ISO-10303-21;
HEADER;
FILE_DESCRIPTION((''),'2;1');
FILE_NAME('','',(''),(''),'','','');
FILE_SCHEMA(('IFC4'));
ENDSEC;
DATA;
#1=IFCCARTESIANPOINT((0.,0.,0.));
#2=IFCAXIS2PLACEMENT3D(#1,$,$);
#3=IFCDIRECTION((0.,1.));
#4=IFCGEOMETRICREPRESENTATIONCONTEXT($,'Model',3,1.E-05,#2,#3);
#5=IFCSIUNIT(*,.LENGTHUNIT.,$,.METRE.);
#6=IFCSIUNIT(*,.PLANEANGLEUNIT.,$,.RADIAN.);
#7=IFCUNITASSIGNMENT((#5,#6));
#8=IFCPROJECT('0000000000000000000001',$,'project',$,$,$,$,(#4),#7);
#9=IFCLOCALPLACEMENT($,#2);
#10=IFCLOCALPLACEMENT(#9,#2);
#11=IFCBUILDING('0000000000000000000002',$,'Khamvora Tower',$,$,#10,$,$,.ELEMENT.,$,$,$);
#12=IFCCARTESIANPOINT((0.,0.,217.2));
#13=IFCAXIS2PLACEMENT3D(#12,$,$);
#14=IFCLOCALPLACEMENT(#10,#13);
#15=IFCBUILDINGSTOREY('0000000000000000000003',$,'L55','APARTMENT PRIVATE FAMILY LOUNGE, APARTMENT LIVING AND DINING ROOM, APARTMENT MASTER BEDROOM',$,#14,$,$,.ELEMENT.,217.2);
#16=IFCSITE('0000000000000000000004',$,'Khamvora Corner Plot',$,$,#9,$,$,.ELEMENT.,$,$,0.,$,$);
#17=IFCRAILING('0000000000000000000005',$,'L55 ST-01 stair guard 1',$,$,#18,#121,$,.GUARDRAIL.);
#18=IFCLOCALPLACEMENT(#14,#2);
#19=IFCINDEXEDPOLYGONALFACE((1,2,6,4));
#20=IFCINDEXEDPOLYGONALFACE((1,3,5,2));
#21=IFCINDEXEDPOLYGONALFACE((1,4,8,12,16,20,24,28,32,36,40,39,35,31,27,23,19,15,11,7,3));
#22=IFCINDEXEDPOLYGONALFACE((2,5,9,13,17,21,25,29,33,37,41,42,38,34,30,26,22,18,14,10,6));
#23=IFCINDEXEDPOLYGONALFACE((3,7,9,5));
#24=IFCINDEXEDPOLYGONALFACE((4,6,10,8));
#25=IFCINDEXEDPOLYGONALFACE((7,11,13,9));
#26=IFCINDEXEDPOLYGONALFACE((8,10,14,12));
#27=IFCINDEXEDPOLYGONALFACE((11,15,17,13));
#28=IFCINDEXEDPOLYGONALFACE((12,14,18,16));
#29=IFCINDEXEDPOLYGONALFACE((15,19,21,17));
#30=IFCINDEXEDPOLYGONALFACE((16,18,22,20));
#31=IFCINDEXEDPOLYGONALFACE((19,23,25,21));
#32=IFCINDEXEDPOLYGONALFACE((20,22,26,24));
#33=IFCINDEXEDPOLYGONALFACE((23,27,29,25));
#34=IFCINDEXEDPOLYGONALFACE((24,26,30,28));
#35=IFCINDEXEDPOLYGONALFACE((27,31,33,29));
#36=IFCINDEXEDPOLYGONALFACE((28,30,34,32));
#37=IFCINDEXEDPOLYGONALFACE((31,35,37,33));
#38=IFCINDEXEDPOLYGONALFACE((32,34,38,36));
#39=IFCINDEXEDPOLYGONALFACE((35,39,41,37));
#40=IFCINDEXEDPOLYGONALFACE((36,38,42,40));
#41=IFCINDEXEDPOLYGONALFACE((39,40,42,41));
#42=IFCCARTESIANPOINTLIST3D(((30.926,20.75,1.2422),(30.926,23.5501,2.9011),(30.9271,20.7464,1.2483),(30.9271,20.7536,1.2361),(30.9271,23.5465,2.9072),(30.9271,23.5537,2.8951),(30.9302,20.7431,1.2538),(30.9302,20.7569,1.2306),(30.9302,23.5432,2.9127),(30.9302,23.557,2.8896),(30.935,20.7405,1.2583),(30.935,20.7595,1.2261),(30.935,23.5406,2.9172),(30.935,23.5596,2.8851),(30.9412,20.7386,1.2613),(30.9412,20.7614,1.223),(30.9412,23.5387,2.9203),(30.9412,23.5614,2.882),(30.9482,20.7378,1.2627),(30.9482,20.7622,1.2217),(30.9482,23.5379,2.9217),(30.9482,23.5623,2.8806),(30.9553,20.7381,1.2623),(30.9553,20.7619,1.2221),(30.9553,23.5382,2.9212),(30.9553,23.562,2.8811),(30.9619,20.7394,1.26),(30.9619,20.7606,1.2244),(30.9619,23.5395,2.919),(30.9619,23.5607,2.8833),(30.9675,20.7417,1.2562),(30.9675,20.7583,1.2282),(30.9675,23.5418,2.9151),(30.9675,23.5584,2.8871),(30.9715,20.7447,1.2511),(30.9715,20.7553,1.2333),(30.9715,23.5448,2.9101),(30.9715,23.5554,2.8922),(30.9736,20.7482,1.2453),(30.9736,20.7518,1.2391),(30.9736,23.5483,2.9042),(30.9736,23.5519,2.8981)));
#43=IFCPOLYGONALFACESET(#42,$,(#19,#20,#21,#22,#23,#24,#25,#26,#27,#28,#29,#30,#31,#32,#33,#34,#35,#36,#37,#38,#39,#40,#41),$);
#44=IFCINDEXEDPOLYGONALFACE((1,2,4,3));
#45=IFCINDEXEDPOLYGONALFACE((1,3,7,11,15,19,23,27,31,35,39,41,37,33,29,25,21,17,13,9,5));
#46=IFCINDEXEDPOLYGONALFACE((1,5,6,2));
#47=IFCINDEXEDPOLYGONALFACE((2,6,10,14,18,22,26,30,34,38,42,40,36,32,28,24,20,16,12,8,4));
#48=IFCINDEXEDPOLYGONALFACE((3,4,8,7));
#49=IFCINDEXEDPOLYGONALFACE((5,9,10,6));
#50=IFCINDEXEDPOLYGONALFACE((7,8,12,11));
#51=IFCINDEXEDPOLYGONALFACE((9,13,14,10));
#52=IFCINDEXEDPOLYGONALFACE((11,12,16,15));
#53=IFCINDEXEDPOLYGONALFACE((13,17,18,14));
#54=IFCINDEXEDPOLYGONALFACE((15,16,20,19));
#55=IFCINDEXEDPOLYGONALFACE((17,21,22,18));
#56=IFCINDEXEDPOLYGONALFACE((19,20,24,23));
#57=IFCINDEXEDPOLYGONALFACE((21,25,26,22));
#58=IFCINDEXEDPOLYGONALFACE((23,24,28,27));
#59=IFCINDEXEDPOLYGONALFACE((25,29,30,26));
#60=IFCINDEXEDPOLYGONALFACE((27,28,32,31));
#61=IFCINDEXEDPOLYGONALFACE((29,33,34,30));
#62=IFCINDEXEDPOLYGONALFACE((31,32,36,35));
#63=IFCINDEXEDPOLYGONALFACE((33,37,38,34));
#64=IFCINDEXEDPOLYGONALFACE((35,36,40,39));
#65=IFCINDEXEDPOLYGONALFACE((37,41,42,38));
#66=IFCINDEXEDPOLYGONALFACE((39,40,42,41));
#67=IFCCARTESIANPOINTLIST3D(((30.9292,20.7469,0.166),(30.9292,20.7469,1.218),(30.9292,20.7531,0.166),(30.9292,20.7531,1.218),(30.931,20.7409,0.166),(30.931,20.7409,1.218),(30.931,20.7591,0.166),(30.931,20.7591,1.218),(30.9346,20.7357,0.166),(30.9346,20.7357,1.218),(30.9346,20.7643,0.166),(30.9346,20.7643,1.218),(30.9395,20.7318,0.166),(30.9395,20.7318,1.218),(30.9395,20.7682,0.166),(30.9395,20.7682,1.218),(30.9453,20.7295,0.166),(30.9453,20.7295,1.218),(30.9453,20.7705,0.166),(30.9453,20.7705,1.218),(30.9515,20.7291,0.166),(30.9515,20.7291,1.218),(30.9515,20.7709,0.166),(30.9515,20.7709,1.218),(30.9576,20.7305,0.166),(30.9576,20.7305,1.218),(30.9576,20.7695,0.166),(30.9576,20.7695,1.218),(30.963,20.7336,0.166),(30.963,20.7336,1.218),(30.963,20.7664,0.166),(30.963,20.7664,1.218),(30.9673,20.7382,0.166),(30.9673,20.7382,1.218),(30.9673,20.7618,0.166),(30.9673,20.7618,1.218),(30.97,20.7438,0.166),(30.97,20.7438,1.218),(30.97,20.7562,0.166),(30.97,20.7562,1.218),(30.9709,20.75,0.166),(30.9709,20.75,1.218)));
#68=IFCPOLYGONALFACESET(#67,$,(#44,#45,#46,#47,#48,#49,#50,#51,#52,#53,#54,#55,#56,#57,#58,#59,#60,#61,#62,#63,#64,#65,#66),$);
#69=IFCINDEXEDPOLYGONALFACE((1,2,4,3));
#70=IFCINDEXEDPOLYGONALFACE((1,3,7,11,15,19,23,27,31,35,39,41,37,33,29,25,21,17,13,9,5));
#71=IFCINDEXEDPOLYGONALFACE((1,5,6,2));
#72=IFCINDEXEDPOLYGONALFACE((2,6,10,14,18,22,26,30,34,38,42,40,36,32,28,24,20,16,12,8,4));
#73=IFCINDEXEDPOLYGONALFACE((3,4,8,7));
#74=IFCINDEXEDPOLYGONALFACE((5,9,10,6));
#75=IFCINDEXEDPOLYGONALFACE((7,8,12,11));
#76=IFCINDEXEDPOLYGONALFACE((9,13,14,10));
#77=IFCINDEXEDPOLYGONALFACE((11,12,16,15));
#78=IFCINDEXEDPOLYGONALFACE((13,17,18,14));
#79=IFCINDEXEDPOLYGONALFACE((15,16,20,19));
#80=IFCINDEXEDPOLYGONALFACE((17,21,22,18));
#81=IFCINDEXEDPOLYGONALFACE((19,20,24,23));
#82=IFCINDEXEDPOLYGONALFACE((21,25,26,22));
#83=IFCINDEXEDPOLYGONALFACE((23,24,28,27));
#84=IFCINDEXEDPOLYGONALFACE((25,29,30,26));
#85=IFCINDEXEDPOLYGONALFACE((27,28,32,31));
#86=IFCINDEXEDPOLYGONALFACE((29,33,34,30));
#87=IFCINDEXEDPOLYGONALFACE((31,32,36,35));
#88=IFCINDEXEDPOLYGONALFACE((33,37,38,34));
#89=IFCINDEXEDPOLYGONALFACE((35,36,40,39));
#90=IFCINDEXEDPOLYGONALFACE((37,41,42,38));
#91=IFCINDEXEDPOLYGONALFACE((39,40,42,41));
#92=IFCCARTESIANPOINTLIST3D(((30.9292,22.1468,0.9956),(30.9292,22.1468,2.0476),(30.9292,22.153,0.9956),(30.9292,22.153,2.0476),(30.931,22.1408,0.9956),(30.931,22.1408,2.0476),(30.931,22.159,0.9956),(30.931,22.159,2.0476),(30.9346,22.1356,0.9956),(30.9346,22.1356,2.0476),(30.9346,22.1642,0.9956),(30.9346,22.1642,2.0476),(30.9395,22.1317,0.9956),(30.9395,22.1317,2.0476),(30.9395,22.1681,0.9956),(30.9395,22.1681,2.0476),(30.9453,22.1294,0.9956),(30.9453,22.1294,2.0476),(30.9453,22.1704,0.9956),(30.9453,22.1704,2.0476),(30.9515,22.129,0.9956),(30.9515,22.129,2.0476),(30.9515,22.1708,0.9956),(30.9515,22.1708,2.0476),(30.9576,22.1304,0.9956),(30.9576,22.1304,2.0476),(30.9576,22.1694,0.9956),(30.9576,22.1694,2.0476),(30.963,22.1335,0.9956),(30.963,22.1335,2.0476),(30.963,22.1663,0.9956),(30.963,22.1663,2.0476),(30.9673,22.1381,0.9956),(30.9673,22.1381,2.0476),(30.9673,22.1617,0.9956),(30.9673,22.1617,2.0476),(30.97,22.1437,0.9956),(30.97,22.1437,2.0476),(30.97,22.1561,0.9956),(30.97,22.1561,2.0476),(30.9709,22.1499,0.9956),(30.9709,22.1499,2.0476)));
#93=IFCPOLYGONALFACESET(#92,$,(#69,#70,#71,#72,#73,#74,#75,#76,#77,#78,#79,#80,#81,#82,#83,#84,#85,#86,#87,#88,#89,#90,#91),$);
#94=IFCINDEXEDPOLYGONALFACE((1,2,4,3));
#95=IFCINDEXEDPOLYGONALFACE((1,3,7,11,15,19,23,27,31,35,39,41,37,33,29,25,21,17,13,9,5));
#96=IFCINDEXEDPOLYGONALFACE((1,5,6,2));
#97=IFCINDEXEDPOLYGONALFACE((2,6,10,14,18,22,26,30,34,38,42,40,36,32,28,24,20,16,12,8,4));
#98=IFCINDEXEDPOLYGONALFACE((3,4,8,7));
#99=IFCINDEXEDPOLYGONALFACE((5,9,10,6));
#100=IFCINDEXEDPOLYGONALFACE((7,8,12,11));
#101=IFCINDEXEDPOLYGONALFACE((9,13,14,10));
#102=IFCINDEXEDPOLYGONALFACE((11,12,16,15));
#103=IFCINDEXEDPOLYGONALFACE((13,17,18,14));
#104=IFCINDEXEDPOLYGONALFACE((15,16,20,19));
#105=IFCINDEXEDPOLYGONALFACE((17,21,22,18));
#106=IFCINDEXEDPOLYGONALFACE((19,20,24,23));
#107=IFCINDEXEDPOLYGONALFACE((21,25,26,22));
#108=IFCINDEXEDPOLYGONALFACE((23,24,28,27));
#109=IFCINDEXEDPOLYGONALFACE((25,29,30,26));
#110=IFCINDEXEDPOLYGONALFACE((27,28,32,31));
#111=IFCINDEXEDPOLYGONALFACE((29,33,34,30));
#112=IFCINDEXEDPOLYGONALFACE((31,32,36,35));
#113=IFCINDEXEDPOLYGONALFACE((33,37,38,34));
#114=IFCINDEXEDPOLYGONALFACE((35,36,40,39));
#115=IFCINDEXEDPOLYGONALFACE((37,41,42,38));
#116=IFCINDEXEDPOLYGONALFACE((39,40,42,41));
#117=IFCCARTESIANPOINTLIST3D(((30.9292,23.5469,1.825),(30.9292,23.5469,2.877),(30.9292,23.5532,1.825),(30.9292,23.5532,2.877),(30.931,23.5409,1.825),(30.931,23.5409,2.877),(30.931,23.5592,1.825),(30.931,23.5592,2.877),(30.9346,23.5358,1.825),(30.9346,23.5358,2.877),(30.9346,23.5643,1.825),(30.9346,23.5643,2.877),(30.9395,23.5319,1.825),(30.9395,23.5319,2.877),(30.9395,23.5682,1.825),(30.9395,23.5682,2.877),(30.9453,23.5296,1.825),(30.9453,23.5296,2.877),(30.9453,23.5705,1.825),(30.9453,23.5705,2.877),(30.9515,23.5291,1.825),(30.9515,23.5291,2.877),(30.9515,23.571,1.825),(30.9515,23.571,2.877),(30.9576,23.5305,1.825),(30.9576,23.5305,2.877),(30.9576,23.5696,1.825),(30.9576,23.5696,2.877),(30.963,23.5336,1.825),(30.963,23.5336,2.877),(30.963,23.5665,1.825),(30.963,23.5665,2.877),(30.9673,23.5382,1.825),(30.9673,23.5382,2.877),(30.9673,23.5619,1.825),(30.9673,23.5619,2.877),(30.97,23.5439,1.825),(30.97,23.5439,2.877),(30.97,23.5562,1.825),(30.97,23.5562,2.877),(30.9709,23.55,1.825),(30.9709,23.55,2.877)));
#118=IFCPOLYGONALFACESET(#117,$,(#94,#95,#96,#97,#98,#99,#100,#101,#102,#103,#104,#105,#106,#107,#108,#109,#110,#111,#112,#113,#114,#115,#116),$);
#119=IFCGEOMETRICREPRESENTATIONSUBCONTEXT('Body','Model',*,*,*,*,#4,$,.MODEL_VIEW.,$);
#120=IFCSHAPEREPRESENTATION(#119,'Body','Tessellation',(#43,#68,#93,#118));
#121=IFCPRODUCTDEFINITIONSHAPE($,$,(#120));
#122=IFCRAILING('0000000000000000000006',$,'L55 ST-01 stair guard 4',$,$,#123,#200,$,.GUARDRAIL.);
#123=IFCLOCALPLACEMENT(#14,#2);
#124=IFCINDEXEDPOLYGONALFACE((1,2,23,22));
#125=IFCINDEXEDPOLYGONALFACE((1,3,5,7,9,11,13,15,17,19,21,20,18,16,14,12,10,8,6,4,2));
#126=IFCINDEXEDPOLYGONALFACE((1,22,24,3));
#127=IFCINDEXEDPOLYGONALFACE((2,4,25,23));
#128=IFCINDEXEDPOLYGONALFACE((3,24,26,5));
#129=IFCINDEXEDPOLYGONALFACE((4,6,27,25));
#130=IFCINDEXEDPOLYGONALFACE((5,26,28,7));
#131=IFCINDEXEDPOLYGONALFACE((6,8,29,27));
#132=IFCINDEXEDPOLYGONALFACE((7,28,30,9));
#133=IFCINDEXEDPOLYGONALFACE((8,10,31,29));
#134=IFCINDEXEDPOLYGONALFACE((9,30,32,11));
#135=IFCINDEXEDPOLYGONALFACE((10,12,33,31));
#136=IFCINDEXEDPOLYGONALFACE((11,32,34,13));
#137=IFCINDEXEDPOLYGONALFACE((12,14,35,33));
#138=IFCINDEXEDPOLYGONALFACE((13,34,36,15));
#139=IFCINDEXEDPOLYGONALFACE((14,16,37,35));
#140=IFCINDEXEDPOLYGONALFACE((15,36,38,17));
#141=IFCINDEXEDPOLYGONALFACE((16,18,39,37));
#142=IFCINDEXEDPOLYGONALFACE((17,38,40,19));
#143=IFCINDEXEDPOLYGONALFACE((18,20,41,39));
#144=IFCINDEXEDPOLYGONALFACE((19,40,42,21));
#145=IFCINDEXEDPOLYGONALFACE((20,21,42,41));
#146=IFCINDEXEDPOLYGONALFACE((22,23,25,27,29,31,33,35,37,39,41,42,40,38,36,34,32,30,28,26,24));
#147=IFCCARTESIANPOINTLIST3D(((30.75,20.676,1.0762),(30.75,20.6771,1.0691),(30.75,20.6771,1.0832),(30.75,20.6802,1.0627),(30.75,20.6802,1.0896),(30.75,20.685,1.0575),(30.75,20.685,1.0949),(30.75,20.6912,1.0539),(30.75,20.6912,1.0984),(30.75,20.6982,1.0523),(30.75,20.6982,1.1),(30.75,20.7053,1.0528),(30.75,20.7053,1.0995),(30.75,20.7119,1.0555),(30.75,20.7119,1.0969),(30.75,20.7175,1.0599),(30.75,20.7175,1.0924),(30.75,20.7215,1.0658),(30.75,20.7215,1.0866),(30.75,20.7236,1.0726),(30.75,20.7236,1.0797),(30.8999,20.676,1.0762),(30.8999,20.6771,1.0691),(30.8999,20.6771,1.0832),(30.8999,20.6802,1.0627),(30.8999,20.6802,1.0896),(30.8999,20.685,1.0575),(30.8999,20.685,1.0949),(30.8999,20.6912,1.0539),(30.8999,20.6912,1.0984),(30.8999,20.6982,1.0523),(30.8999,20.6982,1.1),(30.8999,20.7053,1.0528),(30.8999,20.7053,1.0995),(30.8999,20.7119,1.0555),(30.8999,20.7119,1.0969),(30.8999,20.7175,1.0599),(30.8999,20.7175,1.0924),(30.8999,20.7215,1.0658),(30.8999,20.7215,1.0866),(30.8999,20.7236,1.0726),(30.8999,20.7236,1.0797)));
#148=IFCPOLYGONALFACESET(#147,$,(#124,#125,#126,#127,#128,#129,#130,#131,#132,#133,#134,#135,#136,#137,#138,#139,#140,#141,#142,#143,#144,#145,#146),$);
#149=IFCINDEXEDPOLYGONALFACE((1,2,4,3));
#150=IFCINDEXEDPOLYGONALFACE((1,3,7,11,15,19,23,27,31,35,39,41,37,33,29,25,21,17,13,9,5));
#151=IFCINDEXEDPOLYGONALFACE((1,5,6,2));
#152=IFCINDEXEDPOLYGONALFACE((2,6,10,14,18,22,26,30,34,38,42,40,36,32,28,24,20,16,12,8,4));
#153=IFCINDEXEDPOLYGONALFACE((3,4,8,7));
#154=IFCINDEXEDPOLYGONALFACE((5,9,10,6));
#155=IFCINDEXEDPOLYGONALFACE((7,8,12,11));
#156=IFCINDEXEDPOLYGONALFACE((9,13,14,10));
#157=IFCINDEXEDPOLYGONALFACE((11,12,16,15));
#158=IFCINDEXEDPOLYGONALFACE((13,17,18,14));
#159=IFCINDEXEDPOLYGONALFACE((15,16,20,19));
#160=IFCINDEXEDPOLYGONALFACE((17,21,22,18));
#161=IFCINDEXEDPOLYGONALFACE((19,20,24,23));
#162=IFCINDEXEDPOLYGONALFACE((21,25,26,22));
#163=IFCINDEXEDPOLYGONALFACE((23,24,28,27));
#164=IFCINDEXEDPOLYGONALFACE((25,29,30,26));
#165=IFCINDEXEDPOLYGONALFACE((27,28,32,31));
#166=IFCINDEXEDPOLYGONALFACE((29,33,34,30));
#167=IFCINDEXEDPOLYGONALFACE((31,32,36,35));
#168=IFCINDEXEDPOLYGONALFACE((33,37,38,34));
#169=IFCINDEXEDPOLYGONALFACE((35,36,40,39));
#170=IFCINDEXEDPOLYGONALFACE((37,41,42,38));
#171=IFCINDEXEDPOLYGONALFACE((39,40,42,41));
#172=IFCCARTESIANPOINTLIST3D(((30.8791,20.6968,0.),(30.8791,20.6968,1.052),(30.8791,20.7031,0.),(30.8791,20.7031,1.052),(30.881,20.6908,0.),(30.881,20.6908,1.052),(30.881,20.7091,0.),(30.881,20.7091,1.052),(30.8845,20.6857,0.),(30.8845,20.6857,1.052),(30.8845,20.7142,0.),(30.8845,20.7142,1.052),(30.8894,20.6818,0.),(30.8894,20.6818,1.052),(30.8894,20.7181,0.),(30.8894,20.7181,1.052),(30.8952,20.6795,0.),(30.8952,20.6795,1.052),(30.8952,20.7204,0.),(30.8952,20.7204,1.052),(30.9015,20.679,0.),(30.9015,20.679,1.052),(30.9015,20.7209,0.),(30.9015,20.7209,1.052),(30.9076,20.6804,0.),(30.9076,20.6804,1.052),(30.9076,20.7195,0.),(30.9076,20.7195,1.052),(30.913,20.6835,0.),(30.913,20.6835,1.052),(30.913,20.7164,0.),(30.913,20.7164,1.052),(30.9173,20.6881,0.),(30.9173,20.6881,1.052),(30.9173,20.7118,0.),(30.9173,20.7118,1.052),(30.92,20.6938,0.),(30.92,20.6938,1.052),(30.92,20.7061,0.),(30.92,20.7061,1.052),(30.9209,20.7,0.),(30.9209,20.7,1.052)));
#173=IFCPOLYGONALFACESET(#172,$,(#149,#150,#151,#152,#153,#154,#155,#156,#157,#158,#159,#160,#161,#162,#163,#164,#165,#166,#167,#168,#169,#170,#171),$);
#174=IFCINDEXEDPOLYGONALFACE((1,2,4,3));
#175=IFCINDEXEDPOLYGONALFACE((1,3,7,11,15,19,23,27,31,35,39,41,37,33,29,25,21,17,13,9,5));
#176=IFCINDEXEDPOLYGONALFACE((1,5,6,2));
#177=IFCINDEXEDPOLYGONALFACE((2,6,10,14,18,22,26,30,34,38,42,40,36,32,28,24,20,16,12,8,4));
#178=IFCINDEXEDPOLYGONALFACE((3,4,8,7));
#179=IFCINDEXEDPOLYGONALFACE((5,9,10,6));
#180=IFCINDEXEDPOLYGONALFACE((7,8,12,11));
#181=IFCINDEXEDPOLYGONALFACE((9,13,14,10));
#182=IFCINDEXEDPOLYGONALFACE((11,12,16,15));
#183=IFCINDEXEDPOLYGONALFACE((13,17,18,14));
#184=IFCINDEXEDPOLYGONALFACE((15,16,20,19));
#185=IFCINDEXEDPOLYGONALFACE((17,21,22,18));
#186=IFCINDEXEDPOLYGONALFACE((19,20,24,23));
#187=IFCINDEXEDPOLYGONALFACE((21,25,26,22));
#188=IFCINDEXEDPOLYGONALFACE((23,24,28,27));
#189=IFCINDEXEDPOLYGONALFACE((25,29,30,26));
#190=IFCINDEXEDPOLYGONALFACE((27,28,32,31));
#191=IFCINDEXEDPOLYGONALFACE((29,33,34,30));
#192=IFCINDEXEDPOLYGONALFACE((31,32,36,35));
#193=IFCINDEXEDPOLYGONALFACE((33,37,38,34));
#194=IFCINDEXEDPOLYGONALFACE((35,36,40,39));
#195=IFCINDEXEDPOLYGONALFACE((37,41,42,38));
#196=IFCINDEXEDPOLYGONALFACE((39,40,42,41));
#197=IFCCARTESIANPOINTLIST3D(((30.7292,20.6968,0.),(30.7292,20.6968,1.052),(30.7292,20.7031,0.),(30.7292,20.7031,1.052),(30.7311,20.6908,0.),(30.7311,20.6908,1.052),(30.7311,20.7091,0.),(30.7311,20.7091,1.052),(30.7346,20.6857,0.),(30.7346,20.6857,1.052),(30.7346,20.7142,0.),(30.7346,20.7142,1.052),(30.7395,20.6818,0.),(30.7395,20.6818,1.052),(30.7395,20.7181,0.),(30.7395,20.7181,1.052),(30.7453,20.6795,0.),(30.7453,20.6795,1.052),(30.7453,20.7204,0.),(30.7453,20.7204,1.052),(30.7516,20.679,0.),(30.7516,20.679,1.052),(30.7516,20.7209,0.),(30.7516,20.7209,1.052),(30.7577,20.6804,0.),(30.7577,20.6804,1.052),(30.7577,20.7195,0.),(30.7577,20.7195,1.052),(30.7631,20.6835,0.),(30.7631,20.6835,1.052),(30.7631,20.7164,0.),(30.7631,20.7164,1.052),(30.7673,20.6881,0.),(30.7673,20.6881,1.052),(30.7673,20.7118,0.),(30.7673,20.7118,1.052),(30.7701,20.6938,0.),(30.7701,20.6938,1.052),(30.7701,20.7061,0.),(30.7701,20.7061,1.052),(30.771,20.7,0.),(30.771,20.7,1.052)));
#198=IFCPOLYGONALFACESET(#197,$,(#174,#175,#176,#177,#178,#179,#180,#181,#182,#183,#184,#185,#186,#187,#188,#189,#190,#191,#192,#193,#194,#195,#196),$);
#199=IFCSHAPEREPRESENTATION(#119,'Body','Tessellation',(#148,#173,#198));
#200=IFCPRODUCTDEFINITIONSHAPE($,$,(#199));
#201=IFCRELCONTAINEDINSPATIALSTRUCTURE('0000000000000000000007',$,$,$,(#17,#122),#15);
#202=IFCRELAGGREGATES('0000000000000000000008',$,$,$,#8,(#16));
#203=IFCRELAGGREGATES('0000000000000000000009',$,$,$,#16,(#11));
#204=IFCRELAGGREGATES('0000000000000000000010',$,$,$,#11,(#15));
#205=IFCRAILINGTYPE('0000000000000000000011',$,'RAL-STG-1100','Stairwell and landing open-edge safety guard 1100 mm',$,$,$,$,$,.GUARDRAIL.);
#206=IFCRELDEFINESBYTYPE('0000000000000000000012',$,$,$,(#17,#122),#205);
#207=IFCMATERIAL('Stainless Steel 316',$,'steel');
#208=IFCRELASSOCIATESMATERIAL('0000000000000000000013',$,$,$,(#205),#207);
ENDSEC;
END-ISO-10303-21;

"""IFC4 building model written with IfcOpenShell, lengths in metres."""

from ifc_helpers import new_model, si_unit, direction, frame, origin, origin_2d, place, context, subcontext, project, spatial, circle, extrude, material, type_object, element, save


model = new_model("IFC4")

# Units and contexts
model_context = context("Model", 3, precision=1e-05, world=origin(), true_north=direction((0.0, 1.0)))
body_context = subcontext(model_context, "Body", "Model", "MODEL_VIEW")
ifc_project = project(units=[si_unit("LENGTHUNIT", "METRE"), si_unit("PLANEANGLEUNIT", "RADIAN")], contexts=[model_context])

# Site, building, storey
site_placement = place(None, origin())
site = spatial("IfcSite", under=ifc_project, at=site_placement, Name="Khamvora Corner Plot", CompositionType="ELEMENT", RefElevation=0.0)
building_placement = place(site_placement, origin())
building = spatial("IfcBuilding", under=site, at=building_placement, Name="Khamvora Tower", CompositionType="ELEMENT")
storey_placement = place(building_placement, frame((0.0, 0.0, 217.2)))
storey = spatial("IfcBuildingStorey", under=building, at=storey_placement, Name="L55", Description="APARTMENT PRIVATE FAMILY LOUNGE, APARTMENT LIVING AND DINING ROOM, APARTMENT MASTER BEDROOM", CompositionType="ELEMENT", Elevation=217.2)

# Railings
ifc_material_1 = material(Name="Stainless Steel 316", Category="steel")
railing_type_1 = type_object("IfcRailingType", Name="RAL-STG-1100", Description="Stairwell and landing open-edge safety guard 1100 mm", PredefinedType="GUARDRAIL", material=ifc_material_1)
railing_1_placement = place(storey_placement, frame((30.95, 20.75, 0.166)))
element("IfcRailing", 1, at=railing_1_placement, inside=storey, type_object=railing_type_1, Name="L55 ST-01 stair guard 1", PredefinedType="GUARDRAIL", context=body_context, shape_type="SweptSolid", body=[
    extrude(circle(Radius=0.0239, at=origin_2d()), frame((0.0, 0.0, 1.0762), z_axis=(0.0, 0.860339, 0.509722), x_axis=(-1.0, 0.0, 0.0)), (0.0, 0.0, 1.0), 3.2546),
    extrude(circle(Radius=0.021, at=origin_2d()), origin(), (0.0, 0.0, 1.0), 1.052),
    extrude(circle(Radius=0.021, at=origin_2d()), frame((0.0, 1.3999, 0.8296)), (0.0, 0.0, 1.0), 1.052),
    extrude(circle(Radius=0.021, at=origin_2d()), frame((0.0, 2.8, 1.6589)), (0.0, 0.0, 1.0), 1.052),
])
railing_2_placement = place(storey_placement, frame((30.8999, 20.7, 0.0)))
element("IfcRailing", 2, at=railing_2_placement, inside=storey, type_object=railing_type_1, Name="L55 ST-01 stair guard 4", PredefinedType="GUARDRAIL", context=body_context, shape_type="SweptSolid", body=[
    extrude(circle(Radius=0.0239, at=origin_2d()), frame((0.0, 0.0, 1.0762), z_axis=(-1.0, 0.0, 0.0), x_axis=(0.0, -1.0, 0.0)), (0.0, 0.0, 1.0), 0.1499),
    extrude(circle(Radius=0.021, at=origin_2d()), origin(), (0.0, 0.0, 1.0), 1.052),
    extrude(circle(Radius=0.021, at=origin_2d()), frame((-0.1499, 0.0, 0.0)), (0.0, 0.0, 1.0), 1.052),
])

save(model, "model.ifc")
